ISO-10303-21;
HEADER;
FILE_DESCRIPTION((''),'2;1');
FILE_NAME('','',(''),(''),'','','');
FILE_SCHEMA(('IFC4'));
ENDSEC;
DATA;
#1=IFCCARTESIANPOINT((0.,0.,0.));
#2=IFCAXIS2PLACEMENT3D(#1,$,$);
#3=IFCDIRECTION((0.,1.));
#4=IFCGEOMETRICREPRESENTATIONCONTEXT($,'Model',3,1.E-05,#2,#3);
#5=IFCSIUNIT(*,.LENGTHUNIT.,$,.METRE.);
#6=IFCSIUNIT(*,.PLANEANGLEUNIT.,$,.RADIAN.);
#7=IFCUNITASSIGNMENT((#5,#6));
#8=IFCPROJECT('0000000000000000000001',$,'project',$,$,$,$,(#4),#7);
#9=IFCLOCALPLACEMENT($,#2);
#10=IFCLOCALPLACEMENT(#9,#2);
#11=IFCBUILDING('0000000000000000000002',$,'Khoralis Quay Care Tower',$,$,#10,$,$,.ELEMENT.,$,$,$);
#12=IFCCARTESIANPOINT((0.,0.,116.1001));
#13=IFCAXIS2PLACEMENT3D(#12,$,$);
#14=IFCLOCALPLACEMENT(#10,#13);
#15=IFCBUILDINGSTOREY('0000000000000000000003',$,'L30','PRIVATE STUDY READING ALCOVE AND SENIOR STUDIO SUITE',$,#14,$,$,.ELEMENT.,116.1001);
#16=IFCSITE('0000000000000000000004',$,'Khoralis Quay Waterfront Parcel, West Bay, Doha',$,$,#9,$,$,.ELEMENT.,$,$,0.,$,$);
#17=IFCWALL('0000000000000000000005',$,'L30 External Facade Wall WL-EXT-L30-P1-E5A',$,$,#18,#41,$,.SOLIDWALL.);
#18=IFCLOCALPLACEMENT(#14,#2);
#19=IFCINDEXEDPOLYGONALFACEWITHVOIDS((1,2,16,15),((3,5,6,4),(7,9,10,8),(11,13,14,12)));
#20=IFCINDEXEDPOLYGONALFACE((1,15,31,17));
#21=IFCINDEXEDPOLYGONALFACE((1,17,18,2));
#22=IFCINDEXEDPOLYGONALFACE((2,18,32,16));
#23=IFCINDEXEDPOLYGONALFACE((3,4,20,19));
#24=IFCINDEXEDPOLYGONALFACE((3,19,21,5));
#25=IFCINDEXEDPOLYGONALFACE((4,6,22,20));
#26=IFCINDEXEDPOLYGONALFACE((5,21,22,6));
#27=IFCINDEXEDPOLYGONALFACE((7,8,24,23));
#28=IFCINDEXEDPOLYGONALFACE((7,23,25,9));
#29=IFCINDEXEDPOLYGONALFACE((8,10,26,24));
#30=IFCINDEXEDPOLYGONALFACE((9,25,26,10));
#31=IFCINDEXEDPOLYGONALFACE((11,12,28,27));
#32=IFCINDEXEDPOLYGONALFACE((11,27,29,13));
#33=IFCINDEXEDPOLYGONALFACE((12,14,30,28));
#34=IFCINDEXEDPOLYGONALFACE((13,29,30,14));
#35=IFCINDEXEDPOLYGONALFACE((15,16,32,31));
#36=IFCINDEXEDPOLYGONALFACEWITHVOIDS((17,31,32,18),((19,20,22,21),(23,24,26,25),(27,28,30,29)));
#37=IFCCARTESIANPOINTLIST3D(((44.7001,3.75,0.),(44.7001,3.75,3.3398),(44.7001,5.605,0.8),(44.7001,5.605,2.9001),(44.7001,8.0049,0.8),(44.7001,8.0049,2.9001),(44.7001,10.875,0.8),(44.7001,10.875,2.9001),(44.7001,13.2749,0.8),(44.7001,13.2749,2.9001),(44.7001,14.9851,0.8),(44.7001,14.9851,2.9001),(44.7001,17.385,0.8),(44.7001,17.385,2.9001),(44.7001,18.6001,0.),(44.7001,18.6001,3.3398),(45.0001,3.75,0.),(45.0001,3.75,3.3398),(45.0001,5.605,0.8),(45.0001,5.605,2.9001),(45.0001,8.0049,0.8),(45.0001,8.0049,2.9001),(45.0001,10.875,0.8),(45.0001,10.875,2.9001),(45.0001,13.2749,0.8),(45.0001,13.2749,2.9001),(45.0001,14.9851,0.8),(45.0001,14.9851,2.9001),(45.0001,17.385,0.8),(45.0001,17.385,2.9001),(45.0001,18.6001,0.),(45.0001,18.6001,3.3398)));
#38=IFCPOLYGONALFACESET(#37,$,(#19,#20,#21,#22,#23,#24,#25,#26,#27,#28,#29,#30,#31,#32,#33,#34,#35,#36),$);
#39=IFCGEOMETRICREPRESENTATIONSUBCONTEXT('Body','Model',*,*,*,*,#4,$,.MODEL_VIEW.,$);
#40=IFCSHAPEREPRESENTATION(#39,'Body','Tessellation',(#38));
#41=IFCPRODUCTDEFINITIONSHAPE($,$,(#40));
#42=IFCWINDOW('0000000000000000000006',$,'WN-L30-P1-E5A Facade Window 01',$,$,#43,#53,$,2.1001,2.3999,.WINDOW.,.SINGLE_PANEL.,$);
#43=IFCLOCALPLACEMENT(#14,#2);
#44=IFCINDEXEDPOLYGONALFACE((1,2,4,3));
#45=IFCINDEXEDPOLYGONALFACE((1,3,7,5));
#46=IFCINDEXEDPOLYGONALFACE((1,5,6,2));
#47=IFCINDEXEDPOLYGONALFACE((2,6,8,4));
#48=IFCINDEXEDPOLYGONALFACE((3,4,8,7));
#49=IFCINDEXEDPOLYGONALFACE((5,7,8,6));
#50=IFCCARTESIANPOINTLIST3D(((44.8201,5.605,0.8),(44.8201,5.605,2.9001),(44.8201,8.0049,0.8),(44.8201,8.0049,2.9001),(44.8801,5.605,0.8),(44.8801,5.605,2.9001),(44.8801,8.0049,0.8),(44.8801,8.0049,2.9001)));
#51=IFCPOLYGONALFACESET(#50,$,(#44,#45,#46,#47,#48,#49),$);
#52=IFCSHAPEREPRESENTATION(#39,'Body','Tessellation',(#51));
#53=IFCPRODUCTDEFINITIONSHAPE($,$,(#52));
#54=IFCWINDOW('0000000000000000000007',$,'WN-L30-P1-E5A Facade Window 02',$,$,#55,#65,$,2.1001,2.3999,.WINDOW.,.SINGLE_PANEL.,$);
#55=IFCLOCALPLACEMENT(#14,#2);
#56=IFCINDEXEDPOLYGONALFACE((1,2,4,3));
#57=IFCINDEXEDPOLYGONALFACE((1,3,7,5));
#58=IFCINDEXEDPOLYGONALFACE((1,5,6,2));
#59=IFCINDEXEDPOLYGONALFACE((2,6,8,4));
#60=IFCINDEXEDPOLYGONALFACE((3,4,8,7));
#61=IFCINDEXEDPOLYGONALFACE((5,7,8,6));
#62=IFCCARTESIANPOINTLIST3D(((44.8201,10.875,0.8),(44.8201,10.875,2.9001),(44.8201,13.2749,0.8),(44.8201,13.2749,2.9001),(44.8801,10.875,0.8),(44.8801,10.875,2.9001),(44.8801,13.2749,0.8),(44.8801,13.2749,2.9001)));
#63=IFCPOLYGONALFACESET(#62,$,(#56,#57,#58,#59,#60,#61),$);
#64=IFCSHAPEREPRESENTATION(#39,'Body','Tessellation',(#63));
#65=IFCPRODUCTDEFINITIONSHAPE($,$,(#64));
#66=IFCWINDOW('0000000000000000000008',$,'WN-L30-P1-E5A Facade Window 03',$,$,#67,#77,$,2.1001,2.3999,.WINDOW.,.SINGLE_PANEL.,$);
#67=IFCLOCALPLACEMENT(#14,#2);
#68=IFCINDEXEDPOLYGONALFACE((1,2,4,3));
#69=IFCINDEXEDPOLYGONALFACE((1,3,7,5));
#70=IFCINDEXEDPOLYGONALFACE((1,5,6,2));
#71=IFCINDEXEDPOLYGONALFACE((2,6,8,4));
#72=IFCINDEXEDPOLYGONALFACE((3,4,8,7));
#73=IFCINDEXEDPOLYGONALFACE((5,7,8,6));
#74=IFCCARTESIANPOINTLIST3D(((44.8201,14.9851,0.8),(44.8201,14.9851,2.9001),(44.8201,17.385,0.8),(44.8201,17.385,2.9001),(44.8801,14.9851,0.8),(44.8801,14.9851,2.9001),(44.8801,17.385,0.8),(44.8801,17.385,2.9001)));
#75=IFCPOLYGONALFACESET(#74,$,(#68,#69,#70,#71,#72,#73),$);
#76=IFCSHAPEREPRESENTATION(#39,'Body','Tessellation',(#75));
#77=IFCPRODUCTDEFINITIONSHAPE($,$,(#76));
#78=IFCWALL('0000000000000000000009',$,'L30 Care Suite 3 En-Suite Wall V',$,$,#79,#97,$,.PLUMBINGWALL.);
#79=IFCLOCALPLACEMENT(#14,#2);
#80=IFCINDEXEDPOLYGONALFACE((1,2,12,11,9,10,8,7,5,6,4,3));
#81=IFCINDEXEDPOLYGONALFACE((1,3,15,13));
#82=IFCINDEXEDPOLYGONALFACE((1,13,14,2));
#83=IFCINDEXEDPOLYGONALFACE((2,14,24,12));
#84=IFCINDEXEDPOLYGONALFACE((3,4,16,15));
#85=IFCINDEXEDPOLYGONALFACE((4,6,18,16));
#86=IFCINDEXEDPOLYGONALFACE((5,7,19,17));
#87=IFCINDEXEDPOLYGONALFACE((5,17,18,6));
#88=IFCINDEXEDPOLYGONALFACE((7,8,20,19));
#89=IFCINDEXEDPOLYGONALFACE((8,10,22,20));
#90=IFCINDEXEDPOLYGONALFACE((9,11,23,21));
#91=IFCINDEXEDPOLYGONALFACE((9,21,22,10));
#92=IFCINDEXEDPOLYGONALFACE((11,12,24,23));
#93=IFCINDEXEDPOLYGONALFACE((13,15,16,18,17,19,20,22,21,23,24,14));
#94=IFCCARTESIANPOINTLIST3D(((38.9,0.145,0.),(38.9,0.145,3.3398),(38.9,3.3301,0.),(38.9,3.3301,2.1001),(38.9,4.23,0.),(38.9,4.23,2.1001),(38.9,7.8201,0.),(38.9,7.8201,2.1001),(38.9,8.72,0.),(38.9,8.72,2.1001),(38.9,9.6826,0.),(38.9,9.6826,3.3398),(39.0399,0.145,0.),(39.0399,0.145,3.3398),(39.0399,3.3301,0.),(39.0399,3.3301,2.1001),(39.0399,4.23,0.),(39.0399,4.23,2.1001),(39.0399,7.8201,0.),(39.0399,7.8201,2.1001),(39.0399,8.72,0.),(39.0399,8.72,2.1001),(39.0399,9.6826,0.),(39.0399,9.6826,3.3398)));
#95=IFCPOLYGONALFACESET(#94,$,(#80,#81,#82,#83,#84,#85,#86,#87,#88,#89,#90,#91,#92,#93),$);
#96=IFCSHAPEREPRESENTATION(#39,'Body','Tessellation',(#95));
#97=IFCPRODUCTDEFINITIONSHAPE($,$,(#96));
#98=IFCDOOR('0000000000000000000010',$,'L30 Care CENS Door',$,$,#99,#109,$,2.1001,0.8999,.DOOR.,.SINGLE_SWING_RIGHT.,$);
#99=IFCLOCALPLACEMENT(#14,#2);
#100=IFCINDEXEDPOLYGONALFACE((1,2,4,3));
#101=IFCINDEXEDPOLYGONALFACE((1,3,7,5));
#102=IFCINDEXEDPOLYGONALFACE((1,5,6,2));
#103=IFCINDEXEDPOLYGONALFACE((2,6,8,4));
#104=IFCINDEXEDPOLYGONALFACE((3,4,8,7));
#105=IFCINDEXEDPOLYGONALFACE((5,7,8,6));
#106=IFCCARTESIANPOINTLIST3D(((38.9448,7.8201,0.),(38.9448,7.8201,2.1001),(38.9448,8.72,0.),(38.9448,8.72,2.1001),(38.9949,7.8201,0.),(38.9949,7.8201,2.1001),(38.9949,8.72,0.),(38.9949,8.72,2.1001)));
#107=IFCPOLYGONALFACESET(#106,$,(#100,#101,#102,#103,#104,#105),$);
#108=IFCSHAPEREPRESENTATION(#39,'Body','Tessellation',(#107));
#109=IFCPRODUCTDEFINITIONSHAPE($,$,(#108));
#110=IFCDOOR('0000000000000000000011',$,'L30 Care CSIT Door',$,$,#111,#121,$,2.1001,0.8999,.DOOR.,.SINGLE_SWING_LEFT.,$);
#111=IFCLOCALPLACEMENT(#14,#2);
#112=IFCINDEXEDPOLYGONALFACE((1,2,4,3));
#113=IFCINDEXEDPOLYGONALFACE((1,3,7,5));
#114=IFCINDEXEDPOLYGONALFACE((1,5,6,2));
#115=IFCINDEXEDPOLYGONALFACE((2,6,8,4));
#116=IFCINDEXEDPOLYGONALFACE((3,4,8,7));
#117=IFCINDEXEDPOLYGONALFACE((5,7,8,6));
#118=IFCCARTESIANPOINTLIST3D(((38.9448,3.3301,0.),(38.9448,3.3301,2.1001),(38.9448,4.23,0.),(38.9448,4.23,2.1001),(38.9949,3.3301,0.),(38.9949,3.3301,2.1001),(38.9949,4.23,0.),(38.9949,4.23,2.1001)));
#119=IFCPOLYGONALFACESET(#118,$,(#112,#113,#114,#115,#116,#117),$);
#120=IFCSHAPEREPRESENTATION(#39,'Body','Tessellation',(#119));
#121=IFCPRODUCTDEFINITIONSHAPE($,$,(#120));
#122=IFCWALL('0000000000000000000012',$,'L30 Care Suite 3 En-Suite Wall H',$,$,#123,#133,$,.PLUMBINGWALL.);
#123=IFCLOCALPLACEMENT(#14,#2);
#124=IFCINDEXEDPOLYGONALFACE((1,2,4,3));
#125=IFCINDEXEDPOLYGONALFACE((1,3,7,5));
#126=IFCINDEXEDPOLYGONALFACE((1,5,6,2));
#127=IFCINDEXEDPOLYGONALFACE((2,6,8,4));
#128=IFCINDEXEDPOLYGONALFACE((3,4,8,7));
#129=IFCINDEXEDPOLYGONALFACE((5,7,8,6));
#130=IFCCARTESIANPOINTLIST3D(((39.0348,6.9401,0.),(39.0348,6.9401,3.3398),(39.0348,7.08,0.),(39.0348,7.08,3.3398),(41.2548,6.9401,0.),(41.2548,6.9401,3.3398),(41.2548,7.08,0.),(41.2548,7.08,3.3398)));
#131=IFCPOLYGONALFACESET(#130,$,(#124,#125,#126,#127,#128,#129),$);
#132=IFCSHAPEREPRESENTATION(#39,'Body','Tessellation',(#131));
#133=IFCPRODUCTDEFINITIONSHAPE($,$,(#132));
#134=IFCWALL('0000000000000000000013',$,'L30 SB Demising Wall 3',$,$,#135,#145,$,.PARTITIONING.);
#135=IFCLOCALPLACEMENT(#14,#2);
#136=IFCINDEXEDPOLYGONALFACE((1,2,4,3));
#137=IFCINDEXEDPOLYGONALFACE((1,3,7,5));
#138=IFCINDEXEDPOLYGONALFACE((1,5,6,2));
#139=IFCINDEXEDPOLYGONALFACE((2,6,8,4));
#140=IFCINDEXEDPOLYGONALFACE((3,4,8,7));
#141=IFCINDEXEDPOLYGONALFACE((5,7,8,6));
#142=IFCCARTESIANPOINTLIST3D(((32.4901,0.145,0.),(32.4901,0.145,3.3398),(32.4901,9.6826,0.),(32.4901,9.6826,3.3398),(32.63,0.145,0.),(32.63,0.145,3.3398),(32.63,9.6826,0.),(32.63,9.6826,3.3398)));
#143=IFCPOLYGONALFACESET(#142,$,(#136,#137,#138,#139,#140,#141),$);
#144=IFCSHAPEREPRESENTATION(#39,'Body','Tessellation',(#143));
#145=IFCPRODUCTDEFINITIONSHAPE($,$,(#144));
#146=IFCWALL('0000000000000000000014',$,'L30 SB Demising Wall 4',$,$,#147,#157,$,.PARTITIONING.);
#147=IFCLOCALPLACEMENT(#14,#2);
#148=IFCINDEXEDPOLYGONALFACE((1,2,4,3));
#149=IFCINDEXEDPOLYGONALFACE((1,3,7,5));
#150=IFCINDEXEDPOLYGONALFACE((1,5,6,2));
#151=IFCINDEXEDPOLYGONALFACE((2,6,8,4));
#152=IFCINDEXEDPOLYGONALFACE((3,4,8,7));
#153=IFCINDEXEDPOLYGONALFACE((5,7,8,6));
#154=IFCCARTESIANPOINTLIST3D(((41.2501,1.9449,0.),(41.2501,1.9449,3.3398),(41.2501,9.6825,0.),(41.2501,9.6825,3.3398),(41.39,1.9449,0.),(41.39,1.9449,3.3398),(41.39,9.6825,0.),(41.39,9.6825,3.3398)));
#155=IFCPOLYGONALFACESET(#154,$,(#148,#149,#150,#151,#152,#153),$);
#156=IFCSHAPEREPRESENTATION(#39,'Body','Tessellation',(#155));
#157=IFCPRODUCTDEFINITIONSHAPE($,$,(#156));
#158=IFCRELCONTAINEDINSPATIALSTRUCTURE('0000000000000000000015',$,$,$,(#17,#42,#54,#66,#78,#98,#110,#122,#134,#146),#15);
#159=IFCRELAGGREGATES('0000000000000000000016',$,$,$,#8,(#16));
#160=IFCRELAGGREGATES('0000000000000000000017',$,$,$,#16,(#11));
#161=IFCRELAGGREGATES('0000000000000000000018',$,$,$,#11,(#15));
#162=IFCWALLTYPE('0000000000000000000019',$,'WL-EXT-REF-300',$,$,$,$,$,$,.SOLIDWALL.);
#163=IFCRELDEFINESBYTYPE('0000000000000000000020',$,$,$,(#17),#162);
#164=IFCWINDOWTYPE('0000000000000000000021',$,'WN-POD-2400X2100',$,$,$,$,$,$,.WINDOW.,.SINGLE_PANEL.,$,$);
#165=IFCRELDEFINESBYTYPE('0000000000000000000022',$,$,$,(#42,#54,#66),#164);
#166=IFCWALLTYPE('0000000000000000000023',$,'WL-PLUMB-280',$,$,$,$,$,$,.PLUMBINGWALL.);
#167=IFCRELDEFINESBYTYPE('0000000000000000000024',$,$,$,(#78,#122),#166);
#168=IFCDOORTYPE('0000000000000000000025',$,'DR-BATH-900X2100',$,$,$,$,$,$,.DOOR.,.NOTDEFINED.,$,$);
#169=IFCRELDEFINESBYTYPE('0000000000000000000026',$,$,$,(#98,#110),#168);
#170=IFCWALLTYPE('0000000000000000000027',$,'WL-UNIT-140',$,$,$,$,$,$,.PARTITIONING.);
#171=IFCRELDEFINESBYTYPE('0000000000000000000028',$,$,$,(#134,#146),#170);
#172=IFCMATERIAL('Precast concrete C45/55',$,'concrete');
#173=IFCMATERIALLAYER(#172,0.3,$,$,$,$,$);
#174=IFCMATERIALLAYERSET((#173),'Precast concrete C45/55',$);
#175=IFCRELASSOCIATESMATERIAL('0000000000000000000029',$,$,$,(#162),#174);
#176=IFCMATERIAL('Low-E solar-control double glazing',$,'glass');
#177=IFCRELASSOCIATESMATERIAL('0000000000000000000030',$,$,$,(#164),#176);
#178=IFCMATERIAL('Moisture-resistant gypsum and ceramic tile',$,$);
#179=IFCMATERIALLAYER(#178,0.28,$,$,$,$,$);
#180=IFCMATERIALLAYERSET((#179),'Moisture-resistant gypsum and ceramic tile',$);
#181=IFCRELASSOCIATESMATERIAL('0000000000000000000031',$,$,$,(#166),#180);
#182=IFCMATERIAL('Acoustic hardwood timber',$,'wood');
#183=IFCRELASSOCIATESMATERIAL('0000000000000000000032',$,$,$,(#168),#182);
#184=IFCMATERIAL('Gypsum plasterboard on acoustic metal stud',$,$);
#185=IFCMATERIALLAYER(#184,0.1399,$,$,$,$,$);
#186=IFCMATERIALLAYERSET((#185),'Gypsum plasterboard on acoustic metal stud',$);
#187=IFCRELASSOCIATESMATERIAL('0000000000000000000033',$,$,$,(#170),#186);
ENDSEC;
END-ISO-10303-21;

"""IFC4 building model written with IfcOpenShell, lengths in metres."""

from ifc_helpers import new_model, si_unit, direction, frame, frame_2d, origin, place, context, subcontext, project, spatial, rectangle, extrude, source, transform, mapped, material, layer, layer_set, type_object, element, fill, save


model = new_model("IFC4")

# Units and contexts
model_context = context("Model", 3, precision=1e-05, world=origin(), true_north=direction((0.0, 1.0)))
body_context = subcontext(model_context, "Body", "Model", "MODEL_VIEW")
ifc_project = project(units=[si_unit("LENGTHUNIT", "METRE"), si_unit("PLANEANGLEUNIT", "RADIAN")], contexts=[model_context])

# Site, building, storey
site_placement = place(None, origin())
site = spatial("IfcSite", under=ifc_project, at=site_placement, Name="Khoralis Quay Waterfront Parcel, West Bay, Doha", CompositionType="ELEMENT", RefElevation=0.0)
building_placement = place(site_placement, origin())
building = spatial("IfcBuilding", under=site, at=building_placement, Name="Khoralis Quay Care Tower", CompositionType="ELEMENT")
storey_placement = place(building_placement, frame((0.0, 0.0, 116.1001)))
storey = spatial("IfcBuildingStorey", under=building, at=storey_placement, Name="L30", Description="PRIVATE STUDY READING ALCOVE AND SENIOR STUDIO SUITE", CompositionType="ELEMENT", Elevation=116.1001)

# Shared definitions
ifc_material_1 = material(Name="Gypsum plasterboard on acoustic metal stud")

# Shared definitions
ifc_material_2 = material(Name="Acoustic hardwood timber", Category="wood")

# Shared definitions
ifc_material_3 = material(Name="Precast concrete C45/55", Category="concrete")
ifc_layer_1 = layer(ifc_material_3, 0.3)
ifc_layer_set_1 = layer_set([ifc_layer_1], Name="Precast concrete C45/55")
wall_type_1 = type_object("IfcWallType", Name="WL-EXT-REF-300", PredefinedType="SOLIDWALL", material=ifc_layer_set_1)

# Wall, openings, windows
wall_1_placement = place(storey_placement, frame((44.8501, 3.75, 0.0), z_axis=(0.0, 0.0, 1.0), x_axis=(0.0, 1.0, 0.0)))
wall_1 = element("IfcWall", 1, at=wall_1_placement, inside=storey, type_object=wall_type_1, Name="L30 External Facade Wall WL-EXT-L30-P1-E5A", PredefinedType="SOLIDWALL", context=body_context, shape_type="SweptSolid", body=[
    extrude(rectangle(XDim=14.8501, YDim=0.3, at=frame_2d((7.425, 0.0))), origin(), (0.0, 0.0, 1.0), 3.3398),
])
opening_1_placement = place(wall_1_placement, frame((1.855, 0.0, 0.8)))
opening_1 = element("IfcOpeningElement", 2, at=opening_1_placement, cuts=wall_1, PredefinedType="OPENING", context=body_context, shape_type="SweptSolid", body=[
    extrude(rectangle(XDim=2.3999, YDim=2.1001, at=frame_2d((1.2, 1.05))), frame((0.0, 0.1602, 0.0), z_axis=(0.0, -1.0, 0.0), x_axis=(1.0, 0.0, 0.0)), (0.0, 0.0, 1.0), 0.3201),
])
opening_2_placement = place(wall_1_placement, frame((7.125, 0.0, 0.8)))
opening_2 = element("IfcOpeningElement", 3, at=opening_2_placement, cuts=wall_1, PredefinedType="OPENING", context=body_context, shape_type="SweptSolid", body=[
    extrude(rectangle(XDim=2.3999, YDim=2.1001, at=frame_2d((1.2, 1.05))), frame((0.0, 0.1602, 0.0), z_axis=(0.0, -1.0, 0.0), x_axis=(1.0, 0.0, 0.0)), (0.0, 0.0, 1.0), 0.3201),
])
opening_3_placement = place(wall_1_placement, frame((11.2351, 0.0, 0.8)))
opening_3 = element("IfcOpeningElement", 4, at=opening_3_placement, cuts=wall_1, PredefinedType="OPENING", context=body_context, shape_type="SweptSolid", body=[
    extrude(rectangle(XDim=2.3999, YDim=2.1001, at=frame_2d((1.2, 1.05))), frame((0.0, 0.1602, 0.0), z_axis=(0.0, -1.0, 0.0), x_axis=(1.0, 0.0, 0.0)), (0.0, 0.0, 1.0), 0.3201),
])
ifc_material_4 = material(Name="Low-E solar-control double glazing", Category="glass")
window_type = type_object("IfcWindowType", Name="WN-POD-2400X2100", PartitioningType="SINGLE_PANEL", PredefinedType="WINDOW", material=ifc_material_4)
shared_shape_1 = source(origin(), body_context, "Body", "SweptSolid", [
    extrude(rectangle(XDim=2.3999, YDim=2.1001, at=frame_2d((1.2, 1.05))), frame((0.0, 0.03, 0.0), z_axis=(0.0, -1.0, 0.0), x_axis=(1.0, 0.0, 0.0)), (0.0, 0.0, 1.0), 0.0601),
])
window_1_placement = place(opening_1_placement, origin())
window_1 = element("IfcWindow", 5, at=window_1_placement, inside=storey, type_object=window_type, Name="WN-L30-P1-E5A Facade Window 01", OverallHeight=2.1001, OverallWidth=2.3999, PartitioningType="SINGLE_PANEL", PredefinedType="WINDOW", context=body_context, shape_type="MappedRepresentation", body=[
    mapped(shared_shape_1, transform((0.0, 0.0, 0.0), scale=1.0)),
])
fill(opening_1, window_1)
window_2_placement = place(opening_2_placement, origin())
window_2 = element("IfcWindow", 6, at=window_2_placement, inside=storey, type_object=window_type, Name="WN-L30-P1-E5A Facade Window 02", OverallHeight=2.1001, OverallWidth=2.3999, PartitioningType="SINGLE_PANEL", PredefinedType="WINDOW", context=body_context, shape_type="MappedRepresentation", body=[
    mapped(shared_shape_1, transform((0.0, 0.0, 0.0), scale=1.0)),
])
fill(opening_2, window_2)
window_3_placement = place(opening_3_placement, origin())
window_3 = element("IfcWindow", 7, at=window_3_placement, inside=storey, type_object=window_type, Name="WN-L30-P1-E5A Facade Window 03", OverallHeight=2.1001, OverallWidth=2.3999, PartitioningType="SINGLE_PANEL", PredefinedType="WINDOW", context=body_context, shape_type="MappedRepresentation", body=[
    mapped(shared_shape_1, transform((0.0, 0.0, 0.0), scale=1.0)),
])
fill(opening_3, window_3)

# Wall, openings, doors
ifc_material_5 = material(Name="Moisture-resistant gypsum and ceramic tile")
ifc_layer_2 = layer(ifc_material_5, 0.28)
ifc_layer_set_2 = layer_set([ifc_layer_2], Name="Moisture-resistant gypsum and ceramic tile")
wall_type_2 = type_object("IfcWallType", Name="WL-PLUMB-280", PredefinedType="PLUMBINGWALL", material=ifc_layer_set_2)
wall_2_placement = place(storey_placement, frame((38.97, 0.145, 0.0), z_axis=(0.0, 0.0, 1.0), x_axis=(0.0, 1.0, 0.0)))
wall_2 = element("IfcWall", 8, at=wall_2_placement, inside=storey, type_object=wall_type_2, Name="L30 Care Suite 3 En-Suite Wall V", PredefinedType="PLUMBINGWALL", context=body_context, shape_type="SweptSolid", body=[
    extrude(rectangle(XDim=9.5376, YDim=0.1399, at=frame_2d((4.7688, 0.0))), origin(), (0.0, 0.0, 1.0), 3.3398),
])
opening_4_placement = place(wall_2_placement, frame((7.675, 0.0, 0.0)))
opening_4 = element("IfcOpeningElement", 9, at=opening_4_placement, cuts=wall_2, PredefinedType="OPENING", context=body_context, shape_type="SweptSolid", body=[
    extrude(rectangle(XDim=0.8999, YDim=2.1001, at=frame_2d((0.45, 1.05))), frame((0.0, 0.0801, 0.0), z_axis=(0.0, -1.0, 0.0), x_axis=(1.0, 0.0, 0.0)), (0.0, 0.0, 1.0), 0.1599),
])
opening_5_placement = place(wall_2_placement, frame((3.1851, 0.0, 0.0)))
opening_5 = element("IfcOpeningElement", 10, at=opening_5_placement, cuts=wall_2, PredefinedType="OPENING", context=body_context, shape_type="SweptSolid", body=[
    extrude(rectangle(XDim=0.8999, YDim=2.1001, at=frame_2d((0.45, 1.05))), frame((0.0, 0.0801, 0.0), z_axis=(0.0, -1.0, 0.0), x_axis=(1.0, 0.0, 0.0)), (0.0, 0.0, 1.0), 0.1599),
])
door_type_1 = type_object("IfcDoorType", Name="DR-BATH-900X2100", OperationType="NOTDEFINED", PredefinedType="DOOR", material=ifc_material_2)
shared_shape_2 = source(origin(), body_context, "Body", "SweptSolid", [
    extrude(rectangle(XDim=0.8999, YDim=2.1001, at=frame_2d((0.45, 1.05))), frame((0.0, 0.0249, 0.0), z_axis=(0.0, -1.0, 0.0), x_axis=(1.0, 0.0, 0.0)), (0.0, 0.0, 1.0), 0.05),
])
door_1_placement = place(opening_4_placement, frame((0.8999, 0.0, 0.0), z_axis=(0.0, 0.0, 1.0), x_axis=(-1.0, 0.0, 0.0)))
door_1 = element("IfcDoor", 11, at=door_1_placement, inside=storey, type_object=door_type_1, Name="L30 Care CENS Door", OperationType="SINGLE_SWING_RIGHT", OverallHeight=2.1001, OverallWidth=0.8999, PredefinedType="DOOR", context=body_context, shape_type="MappedRepresentation", body=[
    mapped(shared_shape_2, transform((0.0, 0.0, 0.0), scale=1.0)),
])
fill(opening_4, door_1)
door_2_placement = place(opening_5_placement, frame((0.8999, 0.0, 0.0), z_axis=(0.0, 0.0, 1.0), x_axis=(-1.0, 0.0, 0.0)))
door_2 = element("IfcDoor", 12, at=door_2_placement, inside=storey, type_object=door_type_1, Name="L30 Care CSIT Door", OperationType="SINGLE_SWING_LEFT", OverallHeight=2.1001, OverallWidth=0.8999, PredefinedType="DOOR", context=body_context, shape_type="MappedRepresentation", body=[
    mapped(shared_shape_2, transform((0.0, 0.0, 0.0), scale=1.0)),
])
fill(opening_5, door_2)

# Walls
wall_3_placement = place(storey_placement, frame((39.0349, 7.01, 0.0), z_axis=(0.0, 0.0, 1.0), x_axis=(1.0, 0.0, 0.0)))
element("IfcWall", 13, at=wall_3_placement, inside=storey, type_object=wall_type_2, Name="L30 Care Suite 3 En-Suite Wall H", PredefinedType="PLUMBINGWALL", context=body_context, shape_type="SweptSolid", body=[
    extrude(rectangle(XDim=2.22, YDim=0.1399, at=frame_2d((1.1099, 0.0))), origin(), (0.0, 0.0, 1.0), 3.3398),
])
ifc_layer_3 = layer(ifc_material_1, 0.1399)
ifc_layer_set_3 = layer_set([ifc_layer_3], Name="Gypsum plasterboard on acoustic metal stud")
wall_type_3 = type_object("IfcWallType", Name="WL-UNIT-140", PredefinedType="PARTITIONING", material=ifc_layer_set_3)
wall_4_placement = place(storey_placement, frame((32.5601, 0.145, 0.0), z_axis=(0.0, 0.0, 1.0), x_axis=(0.0, 1.0, 0.0)))
element("IfcWall", 14, at=wall_4_placement, inside=storey, type_object=wall_type_3, Name="L30 SB Demising Wall 3", PredefinedType="PARTITIONING", context=body_context, shape_type="SweptSolid", body=[
    extrude(rectangle(XDim=9.5376, YDim=0.1399, at=frame_2d((4.7688, 0.0))), origin(), (0.0, 0.0, 1.0), 3.3398),
])
wall_5_placement = place(storey_placement, frame((41.3201, 1.9451, 0.0), z_axis=(0.0, 0.0, 1.0), x_axis=(0.0, 1.0, 0.0)))
element("IfcWall", 15, at=wall_5_placement, inside=storey, type_object=wall_type_3, Name="L30 SB Demising Wall 4", PredefinedType="PARTITIONING", context=body_context, shape_type="SweptSolid", body=[
    extrude(rectangle(XDim=7.7375, YDim=0.1399, at=frame_2d((3.8687, 0.0))), origin(), (0.0, 0.0, 1.0), 3.3398),
])

save(model, "model.ifc")
